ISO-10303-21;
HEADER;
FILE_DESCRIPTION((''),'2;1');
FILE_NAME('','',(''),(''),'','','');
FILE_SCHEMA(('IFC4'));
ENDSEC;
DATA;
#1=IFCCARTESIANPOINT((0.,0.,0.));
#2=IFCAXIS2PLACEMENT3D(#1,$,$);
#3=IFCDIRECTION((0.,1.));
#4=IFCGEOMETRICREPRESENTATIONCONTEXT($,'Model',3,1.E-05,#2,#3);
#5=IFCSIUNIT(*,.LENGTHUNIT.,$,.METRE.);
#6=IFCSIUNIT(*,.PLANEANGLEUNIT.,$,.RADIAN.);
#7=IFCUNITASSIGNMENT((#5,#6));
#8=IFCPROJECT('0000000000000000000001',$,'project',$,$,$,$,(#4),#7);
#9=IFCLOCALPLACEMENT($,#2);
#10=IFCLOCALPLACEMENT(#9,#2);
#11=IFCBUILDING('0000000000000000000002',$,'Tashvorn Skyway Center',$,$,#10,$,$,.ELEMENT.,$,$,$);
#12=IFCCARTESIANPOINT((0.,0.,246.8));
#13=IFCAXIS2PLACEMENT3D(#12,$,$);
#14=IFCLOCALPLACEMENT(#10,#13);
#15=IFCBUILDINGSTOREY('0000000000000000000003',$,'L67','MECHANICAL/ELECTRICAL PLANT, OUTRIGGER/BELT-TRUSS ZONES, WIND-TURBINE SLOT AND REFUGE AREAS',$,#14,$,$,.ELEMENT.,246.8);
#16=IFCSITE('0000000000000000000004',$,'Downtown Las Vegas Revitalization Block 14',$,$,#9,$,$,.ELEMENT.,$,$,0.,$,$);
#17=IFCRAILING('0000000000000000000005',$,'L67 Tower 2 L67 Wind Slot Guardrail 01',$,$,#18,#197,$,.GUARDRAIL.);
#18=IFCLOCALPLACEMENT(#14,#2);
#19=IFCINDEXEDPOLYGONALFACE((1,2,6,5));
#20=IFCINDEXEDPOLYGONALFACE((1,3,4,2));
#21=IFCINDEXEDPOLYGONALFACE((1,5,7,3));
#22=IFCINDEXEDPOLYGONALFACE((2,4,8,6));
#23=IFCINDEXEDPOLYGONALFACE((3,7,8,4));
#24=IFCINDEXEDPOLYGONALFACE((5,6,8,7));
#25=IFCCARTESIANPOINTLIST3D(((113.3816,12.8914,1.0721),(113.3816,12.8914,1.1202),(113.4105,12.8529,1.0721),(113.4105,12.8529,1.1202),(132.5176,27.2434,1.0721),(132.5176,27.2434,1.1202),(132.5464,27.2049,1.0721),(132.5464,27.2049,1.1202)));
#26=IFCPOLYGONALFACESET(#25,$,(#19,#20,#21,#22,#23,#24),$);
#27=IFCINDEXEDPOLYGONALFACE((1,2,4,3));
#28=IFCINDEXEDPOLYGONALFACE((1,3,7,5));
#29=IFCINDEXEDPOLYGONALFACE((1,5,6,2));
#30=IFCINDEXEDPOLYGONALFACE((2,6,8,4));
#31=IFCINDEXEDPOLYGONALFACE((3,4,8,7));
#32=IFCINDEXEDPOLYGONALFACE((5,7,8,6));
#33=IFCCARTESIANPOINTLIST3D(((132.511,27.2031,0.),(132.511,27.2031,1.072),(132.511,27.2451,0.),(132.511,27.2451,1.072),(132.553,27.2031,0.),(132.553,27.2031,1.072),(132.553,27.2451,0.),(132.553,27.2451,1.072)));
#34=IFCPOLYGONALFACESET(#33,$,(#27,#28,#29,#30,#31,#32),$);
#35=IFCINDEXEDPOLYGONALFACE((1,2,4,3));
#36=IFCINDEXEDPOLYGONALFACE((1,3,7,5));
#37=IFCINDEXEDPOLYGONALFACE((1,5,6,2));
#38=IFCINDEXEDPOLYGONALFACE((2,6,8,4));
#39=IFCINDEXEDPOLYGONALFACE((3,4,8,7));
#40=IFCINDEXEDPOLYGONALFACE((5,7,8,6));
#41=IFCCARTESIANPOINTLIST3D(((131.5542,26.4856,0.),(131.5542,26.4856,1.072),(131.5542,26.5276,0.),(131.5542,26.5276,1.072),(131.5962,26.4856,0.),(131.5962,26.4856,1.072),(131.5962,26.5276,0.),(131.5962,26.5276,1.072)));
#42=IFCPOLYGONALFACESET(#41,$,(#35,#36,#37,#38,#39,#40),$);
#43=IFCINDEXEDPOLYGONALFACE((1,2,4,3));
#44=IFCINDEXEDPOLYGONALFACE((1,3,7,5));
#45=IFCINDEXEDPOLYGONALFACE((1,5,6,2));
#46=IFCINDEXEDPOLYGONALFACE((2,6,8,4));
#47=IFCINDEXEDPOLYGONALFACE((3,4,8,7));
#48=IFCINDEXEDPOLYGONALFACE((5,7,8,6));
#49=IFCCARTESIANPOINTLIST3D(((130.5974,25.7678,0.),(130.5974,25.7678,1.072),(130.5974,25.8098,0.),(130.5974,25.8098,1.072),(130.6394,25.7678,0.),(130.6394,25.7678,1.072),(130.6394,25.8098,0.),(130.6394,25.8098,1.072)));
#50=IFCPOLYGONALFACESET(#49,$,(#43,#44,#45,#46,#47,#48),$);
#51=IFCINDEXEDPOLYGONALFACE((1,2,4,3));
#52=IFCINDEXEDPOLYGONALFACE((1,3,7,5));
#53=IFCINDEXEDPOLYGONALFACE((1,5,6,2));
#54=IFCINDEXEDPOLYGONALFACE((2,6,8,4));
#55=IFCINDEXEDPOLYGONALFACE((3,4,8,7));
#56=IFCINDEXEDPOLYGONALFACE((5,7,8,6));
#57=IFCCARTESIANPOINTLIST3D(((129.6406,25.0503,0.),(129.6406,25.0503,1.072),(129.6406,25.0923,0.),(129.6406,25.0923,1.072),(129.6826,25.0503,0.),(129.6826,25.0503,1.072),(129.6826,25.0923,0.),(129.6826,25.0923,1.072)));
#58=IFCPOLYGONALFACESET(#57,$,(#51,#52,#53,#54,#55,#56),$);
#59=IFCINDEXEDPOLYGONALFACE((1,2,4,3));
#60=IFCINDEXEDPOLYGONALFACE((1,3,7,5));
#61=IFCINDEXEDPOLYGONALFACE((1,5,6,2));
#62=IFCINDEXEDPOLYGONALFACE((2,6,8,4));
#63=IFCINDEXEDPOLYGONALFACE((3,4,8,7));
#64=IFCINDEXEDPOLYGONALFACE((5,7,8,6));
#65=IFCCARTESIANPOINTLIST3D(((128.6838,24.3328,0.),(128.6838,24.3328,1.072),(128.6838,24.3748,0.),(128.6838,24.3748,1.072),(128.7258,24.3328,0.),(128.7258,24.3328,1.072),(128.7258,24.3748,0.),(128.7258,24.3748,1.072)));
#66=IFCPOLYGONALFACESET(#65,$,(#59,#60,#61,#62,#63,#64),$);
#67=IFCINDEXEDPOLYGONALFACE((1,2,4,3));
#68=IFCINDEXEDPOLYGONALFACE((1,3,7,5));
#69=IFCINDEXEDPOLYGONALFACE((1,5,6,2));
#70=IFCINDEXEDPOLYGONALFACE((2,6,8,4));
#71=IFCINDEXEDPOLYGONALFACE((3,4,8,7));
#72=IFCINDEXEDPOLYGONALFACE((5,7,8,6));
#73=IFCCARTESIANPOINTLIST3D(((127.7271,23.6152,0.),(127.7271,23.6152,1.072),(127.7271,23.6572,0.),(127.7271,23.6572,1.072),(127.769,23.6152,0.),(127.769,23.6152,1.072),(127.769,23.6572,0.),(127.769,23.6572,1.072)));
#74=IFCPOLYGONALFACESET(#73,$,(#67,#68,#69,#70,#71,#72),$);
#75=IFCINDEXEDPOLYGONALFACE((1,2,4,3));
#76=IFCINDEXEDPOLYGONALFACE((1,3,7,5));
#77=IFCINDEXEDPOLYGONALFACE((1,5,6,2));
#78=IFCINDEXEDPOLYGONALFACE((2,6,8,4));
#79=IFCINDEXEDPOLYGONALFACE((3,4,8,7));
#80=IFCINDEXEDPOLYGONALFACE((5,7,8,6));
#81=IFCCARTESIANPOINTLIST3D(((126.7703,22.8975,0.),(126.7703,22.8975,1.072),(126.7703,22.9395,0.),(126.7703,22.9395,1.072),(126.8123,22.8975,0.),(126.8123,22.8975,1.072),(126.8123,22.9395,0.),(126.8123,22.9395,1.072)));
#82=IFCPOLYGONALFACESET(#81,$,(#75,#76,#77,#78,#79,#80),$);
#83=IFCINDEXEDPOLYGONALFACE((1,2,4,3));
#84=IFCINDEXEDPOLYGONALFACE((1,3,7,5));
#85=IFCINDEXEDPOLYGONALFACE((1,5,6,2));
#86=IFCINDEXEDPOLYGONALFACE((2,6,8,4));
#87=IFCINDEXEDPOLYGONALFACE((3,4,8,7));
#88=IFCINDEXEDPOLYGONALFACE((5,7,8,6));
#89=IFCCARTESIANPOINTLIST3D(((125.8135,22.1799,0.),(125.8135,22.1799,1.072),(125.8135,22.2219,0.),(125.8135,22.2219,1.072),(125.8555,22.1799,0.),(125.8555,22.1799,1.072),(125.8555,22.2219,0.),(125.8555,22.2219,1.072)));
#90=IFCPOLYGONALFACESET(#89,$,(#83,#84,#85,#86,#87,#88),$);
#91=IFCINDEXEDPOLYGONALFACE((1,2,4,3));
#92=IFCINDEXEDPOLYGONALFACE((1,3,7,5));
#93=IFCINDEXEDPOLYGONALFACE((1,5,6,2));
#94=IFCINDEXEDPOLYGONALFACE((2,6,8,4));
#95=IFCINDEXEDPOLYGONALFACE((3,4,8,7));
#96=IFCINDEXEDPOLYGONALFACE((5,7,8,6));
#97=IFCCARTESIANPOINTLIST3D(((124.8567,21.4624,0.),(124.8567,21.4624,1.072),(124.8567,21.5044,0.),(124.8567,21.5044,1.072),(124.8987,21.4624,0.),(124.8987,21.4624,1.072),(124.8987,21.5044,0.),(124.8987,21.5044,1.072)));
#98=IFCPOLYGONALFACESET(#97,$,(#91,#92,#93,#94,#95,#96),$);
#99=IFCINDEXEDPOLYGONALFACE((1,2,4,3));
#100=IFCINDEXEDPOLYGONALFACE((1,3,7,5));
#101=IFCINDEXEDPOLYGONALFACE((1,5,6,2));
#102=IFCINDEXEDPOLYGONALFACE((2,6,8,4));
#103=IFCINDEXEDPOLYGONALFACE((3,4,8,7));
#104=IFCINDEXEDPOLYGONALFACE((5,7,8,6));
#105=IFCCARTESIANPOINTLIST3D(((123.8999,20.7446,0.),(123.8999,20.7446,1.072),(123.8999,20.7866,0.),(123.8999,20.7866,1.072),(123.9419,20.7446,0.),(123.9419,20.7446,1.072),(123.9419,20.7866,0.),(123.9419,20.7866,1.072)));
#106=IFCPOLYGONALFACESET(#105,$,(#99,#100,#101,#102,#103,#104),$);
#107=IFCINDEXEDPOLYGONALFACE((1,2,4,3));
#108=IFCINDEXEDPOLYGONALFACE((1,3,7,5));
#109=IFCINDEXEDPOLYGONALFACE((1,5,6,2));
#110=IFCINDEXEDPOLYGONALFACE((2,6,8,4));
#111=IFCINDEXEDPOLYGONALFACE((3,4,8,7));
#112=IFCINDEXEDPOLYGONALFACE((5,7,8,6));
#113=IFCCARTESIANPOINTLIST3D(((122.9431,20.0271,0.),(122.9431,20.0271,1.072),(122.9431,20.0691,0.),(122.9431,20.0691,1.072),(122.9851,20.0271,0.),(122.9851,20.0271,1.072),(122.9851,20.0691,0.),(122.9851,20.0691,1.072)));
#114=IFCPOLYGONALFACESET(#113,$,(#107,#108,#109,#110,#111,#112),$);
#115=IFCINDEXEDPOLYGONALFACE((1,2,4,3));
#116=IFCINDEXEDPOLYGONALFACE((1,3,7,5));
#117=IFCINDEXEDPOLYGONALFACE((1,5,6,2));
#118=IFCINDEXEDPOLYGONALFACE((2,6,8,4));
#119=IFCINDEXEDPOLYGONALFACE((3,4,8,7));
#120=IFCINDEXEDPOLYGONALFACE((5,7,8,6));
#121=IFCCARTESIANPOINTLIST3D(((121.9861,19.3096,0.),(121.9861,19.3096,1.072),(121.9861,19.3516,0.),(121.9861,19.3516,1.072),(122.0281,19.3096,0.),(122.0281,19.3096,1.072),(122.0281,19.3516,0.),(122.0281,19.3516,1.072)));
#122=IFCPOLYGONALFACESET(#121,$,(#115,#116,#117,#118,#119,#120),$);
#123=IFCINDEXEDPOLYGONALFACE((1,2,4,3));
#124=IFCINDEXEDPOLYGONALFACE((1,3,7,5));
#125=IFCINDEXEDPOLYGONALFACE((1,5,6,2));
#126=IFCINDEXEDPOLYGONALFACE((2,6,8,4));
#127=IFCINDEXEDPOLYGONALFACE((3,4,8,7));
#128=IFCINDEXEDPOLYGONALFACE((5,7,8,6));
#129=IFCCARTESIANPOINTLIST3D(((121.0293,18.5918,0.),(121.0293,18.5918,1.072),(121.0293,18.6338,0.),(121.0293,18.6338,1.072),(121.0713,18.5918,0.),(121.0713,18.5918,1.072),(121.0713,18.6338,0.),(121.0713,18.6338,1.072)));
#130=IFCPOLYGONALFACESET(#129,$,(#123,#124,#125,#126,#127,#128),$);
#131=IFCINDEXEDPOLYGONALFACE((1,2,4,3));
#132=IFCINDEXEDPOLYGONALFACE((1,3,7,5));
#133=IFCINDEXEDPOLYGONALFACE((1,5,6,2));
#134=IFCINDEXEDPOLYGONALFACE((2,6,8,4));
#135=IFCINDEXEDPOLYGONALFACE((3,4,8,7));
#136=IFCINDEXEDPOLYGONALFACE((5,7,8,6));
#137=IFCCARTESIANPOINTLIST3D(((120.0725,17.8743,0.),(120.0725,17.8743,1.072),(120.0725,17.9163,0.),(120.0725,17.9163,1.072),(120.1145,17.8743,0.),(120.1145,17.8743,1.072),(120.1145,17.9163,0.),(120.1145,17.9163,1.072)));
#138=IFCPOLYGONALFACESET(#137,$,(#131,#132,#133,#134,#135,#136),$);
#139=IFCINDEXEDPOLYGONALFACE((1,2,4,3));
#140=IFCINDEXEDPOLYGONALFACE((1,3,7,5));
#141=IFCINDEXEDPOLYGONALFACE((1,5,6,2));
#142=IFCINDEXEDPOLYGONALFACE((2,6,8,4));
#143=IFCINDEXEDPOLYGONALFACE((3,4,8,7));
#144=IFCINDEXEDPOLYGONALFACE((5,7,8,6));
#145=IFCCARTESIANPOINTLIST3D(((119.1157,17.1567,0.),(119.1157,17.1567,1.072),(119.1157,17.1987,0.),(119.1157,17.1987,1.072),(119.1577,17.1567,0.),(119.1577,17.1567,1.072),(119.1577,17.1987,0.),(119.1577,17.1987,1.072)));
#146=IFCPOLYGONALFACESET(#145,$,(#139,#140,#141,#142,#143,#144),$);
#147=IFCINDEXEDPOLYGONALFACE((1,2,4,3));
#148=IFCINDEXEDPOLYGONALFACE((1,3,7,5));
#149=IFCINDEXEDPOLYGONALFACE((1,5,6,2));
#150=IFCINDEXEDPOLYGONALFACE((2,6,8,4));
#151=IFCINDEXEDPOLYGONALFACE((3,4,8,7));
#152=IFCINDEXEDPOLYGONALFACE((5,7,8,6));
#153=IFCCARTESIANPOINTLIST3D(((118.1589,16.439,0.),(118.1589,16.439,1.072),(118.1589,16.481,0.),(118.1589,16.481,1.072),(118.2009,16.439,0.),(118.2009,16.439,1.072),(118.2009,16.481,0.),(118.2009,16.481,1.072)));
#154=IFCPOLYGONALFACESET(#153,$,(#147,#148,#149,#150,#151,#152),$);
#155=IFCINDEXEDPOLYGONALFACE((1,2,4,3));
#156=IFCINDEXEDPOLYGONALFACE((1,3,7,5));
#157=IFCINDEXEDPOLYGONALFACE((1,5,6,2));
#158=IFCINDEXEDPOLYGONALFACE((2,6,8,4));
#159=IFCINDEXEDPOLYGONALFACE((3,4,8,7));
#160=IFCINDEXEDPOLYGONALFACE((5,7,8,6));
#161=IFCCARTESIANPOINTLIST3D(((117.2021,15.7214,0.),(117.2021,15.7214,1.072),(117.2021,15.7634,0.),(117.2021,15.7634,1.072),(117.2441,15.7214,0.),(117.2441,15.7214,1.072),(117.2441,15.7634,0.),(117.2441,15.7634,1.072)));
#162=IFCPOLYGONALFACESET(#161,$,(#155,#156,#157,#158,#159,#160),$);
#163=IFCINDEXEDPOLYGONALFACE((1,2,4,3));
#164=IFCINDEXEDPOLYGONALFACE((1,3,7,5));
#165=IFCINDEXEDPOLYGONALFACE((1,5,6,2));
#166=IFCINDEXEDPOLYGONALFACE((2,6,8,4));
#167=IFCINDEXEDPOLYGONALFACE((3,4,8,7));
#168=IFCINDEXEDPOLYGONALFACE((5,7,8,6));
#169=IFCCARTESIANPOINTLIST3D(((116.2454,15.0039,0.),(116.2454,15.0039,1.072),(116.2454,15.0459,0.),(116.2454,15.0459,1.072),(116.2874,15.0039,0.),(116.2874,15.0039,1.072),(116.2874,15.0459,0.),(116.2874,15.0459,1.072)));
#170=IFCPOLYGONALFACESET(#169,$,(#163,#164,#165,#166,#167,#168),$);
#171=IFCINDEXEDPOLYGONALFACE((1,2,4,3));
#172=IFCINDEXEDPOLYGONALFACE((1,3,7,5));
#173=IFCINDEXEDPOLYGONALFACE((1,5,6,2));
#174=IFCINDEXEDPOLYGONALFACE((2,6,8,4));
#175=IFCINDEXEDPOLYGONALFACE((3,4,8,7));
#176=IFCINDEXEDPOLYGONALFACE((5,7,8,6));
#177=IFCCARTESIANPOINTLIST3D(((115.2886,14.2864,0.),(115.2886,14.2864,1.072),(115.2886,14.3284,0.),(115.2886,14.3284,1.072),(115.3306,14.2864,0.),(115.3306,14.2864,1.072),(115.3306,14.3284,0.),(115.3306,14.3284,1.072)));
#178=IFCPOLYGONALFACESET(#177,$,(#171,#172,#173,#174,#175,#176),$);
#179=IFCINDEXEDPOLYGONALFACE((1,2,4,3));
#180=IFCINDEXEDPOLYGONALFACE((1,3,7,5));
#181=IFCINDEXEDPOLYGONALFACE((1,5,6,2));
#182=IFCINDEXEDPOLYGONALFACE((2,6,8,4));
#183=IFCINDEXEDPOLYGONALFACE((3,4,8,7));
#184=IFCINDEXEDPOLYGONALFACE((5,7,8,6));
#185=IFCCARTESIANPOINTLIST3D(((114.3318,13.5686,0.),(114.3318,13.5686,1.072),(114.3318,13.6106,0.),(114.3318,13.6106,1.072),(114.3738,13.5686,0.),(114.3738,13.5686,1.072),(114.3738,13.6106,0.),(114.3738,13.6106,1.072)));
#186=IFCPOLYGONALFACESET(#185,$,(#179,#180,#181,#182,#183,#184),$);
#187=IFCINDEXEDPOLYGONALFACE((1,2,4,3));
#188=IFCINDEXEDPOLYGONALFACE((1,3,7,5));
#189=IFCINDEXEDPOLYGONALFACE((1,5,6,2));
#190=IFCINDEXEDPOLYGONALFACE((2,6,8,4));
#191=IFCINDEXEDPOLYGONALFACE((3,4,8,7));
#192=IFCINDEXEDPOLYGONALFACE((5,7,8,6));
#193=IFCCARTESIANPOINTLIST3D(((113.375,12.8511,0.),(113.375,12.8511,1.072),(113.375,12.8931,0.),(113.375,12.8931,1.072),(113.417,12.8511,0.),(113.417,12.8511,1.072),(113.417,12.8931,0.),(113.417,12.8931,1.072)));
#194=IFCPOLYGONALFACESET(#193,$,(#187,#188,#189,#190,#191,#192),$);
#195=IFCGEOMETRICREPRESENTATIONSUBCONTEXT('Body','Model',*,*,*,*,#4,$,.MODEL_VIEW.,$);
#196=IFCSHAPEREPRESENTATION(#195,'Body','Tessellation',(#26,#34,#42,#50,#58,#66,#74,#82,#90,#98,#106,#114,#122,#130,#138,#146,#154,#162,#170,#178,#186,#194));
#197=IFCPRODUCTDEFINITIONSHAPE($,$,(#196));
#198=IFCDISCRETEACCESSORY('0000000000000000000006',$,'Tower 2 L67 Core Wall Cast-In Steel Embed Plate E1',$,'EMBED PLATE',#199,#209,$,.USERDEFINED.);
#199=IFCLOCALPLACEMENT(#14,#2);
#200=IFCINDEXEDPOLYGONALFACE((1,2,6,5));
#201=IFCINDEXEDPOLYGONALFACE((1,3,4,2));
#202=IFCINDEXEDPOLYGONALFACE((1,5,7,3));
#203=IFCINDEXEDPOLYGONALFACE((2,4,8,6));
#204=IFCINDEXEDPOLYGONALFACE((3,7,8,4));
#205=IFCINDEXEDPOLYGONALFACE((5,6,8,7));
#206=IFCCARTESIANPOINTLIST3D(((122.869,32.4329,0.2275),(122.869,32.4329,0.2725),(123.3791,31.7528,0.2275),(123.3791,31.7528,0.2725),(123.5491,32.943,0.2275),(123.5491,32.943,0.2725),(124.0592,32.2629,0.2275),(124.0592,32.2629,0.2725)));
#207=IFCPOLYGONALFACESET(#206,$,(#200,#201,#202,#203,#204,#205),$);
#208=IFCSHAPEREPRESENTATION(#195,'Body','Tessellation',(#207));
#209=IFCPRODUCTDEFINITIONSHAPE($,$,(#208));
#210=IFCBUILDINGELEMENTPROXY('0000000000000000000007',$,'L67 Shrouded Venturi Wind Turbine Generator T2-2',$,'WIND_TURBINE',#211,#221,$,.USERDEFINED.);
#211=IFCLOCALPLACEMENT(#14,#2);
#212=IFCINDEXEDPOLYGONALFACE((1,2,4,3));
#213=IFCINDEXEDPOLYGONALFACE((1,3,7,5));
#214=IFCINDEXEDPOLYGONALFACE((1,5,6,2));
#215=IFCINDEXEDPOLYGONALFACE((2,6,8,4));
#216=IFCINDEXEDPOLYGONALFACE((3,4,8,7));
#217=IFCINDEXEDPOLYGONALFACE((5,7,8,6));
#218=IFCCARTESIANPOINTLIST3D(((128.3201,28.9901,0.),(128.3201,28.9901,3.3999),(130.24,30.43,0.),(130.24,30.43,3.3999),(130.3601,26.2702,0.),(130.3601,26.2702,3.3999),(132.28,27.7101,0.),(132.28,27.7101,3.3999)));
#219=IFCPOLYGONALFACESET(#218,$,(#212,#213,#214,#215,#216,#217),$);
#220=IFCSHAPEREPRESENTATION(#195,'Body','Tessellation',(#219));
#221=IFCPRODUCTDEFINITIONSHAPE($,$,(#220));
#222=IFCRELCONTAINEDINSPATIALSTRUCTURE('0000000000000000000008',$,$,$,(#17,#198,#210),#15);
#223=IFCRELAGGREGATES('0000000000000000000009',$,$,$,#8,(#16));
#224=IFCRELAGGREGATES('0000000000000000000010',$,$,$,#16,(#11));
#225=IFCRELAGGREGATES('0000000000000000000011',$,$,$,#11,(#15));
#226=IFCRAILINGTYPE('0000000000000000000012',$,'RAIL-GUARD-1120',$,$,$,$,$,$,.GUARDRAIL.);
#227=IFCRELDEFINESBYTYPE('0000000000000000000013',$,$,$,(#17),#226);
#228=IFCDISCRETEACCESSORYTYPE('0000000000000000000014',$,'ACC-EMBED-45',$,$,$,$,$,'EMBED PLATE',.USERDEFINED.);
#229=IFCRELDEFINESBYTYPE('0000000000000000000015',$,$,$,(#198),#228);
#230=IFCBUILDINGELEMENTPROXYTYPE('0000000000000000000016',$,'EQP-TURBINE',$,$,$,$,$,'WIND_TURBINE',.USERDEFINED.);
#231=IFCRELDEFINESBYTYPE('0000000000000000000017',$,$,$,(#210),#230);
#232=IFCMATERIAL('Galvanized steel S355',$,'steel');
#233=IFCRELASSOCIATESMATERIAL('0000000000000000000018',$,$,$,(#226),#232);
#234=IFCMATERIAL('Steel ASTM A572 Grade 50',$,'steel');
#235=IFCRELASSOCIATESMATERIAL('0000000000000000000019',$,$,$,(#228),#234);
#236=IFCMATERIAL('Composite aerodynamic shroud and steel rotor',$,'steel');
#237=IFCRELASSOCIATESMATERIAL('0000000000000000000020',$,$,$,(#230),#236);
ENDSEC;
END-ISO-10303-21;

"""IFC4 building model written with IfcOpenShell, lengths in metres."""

from ifc_helpers import new_model, si_unit, direction, frame, origin, origin_2d, place, context, subcontext, project, spatial, rectangle, extrude, material, type_object, element, save


model = new_model("IFC4")

# Units and contexts
model_context = context("Model", 3, precision=1e-05, world=origin(), true_north=direction((0.0, 1.0)))
body_context = subcontext(model_context, "Body", "Model", "MODEL_VIEW")
ifc_project = project(units=[si_unit("LENGTHUNIT", "METRE"), si_unit("PLANEANGLEUNIT", "RADIAN")], contexts=[model_context])

# Site, building, storey
site_placement = place(None, origin())
site = spatial("IfcSite", under=ifc_project, at=site_placement, Name="Downtown Las Vegas Revitalization Block 14", CompositionType="ELEMENT", RefElevation=0.0)
building_placement = place(site_placement, origin())
building = spatial("IfcBuilding", under=site, at=building_placement, Name="Tashvorn Skyway Center", CompositionType="ELEMENT")
storey_placement = place(building_placement, frame((0.0, 0.0, 246.8)))
storey = spatial("IfcBuildingStorey", under=building, at=storey_placement, Name="L67", Description="MECHANICAL/ELECTRICAL PLANT, OUTRIGGER/BELT-TRUSS ZONES, WIND-TURBINE SLOT AND REFUGE AREAS", CompositionType="ELEMENT", Elevation=246.8)

# Shared definitions
ifc_material_1 = material(Name="Steel ASTM A572 Grade 50", Category="steel")

# Railing
ifc_material_2 = material(Name="Galvanized steel S355", Category="steel")
railing_type = type_object("IfcRailingType", Name="RAIL-GUARD-1120", PredefinedType="GUARDRAIL", material=ifc_material_2)
railing_placement = place(storey_placement, frame((132.532, 27.2241, 0.0)))
element("IfcRailing", 1, at=railing_placement, inside=storey, type_object=railing_type, Name="L67 Tower 2 L67 Wind Slot Guardrail 01", PredefinedType="GUARDRAIL", context=body_context, shape_type="SweptSolid", body=[
    extrude(rectangle(XDim=0.0481, YDim=0.0481, at=origin_2d()), frame((0.0, 0.0, 1.0962), z_axis=(-0.799999, -0.600002, 0.0), x_axis=(0.600002, -0.799999, 0.0)), (0.0, 0.0, 1.0), 23.9199),
    extrude(rectangle(XDim=0.042, YDim=0.042, at=origin_2d()), origin(), (0.0, 0.0, 1.0), 1.072),
    extrude(rectangle(XDim=0.042, YDim=0.042, at=origin_2d()), frame((-0.9568, -0.7175, 0.0)), (0.0, 0.0, 1.0), 1.072),
    extrude(rectangle(XDim=0.042, YDim=0.042, at=origin_2d()), frame((-1.9136, -1.4353, 0.0)), (0.0, 0.0, 1.0), 1.072),
    extrude(rectangle(XDim=0.042, YDim=0.042, at=origin_2d()), frame((-2.8704, -2.1528, 0.0)), (0.0, 0.0, 1.0), 1.072),
    extrude(rectangle(XDim=0.042, YDim=0.042, at=origin_2d()), frame((-3.8271, -2.8704, 0.0)), (0.0, 0.0, 1.0), 1.072),
    extrude(rectangle(XDim=0.042, YDim=0.042, at=origin_2d()), frame((-4.7839, -3.5879, 0.0)), (0.0, 0.0, 1.0), 1.072),
    extrude(rectangle(XDim=0.042, YDim=0.042, at=origin_2d()), frame((-5.7407, -4.3057, 0.0)), (0.0, 0.0, 1.0), 1.072),
    extrude(rectangle(XDim=0.042, YDim=0.042, at=origin_2d()), frame((-6.6975, -5.0232, 0.0)), (0.0, 0.0, 1.0), 1.072),
    extrude(rectangle(XDim=0.042, YDim=0.042, at=origin_2d()), frame((-7.6543, -5.7407, 0.0)), (0.0, 0.0, 1.0), 1.072),
    extrude(rectangle(XDim=0.042, YDim=0.042, at=origin_2d()), frame((-8.6111, -6.4585, 0.0)), (0.0, 0.0, 1.0), 1.072),
    extrude(rectangle(XDim=0.042, YDim=0.042, at=origin_2d()), frame((-9.5679, -7.176, 0.0)), (0.0, 0.0, 1.0), 1.072),
    extrude(rectangle(XDim=0.042, YDim=0.042, at=origin_2d()), frame((-10.5249, -7.8936, 0.0)), (0.0, 0.0, 1.0), 1.072),
    extrude(rectangle(XDim=0.042, YDim=0.042, at=origin_2d()), frame((-11.4817, -8.6113, 0.0)), (0.0, 0.0, 1.0), 1.072),
    extrude(rectangle(XDim=0.042, YDim=0.042, at=origin_2d()), frame((-12.4385, -9.3289, 0.0)), (0.0, 0.0, 1.0), 1.072),
    extrude(rectangle(XDim=0.042, YDim=0.042, at=origin_2d()), frame((-13.3953, -10.0464, 0.0)), (0.0, 0.0, 1.0), 1.072),
    extrude(rectangle(XDim=0.042, YDim=0.042, at=origin_2d()), frame((-14.3521, -10.7642, 0.0)), (0.0, 0.0, 1.0), 1.072),
    extrude(rectangle(XDim=0.042, YDim=0.042, at=origin_2d()), frame((-15.3088, -11.4817, 0.0)), (0.0, 0.0, 1.0), 1.072),
    extrude(rectangle(XDim=0.042, YDim=0.042, at=origin_2d()), frame((-16.2656, -12.1992, 0.0)), (0.0, 0.0, 1.0), 1.072),
    extrude(rectangle(XDim=0.042, YDim=0.042, at=origin_2d()), frame((-17.2224, -12.9167, 0.0)), (0.0, 0.0, 1.0), 1.072),
    extrude(rectangle(XDim=0.042, YDim=0.042, at=origin_2d()), frame((-18.1792, -13.6345, 0.0)), (0.0, 0.0, 1.0), 1.072),
    extrude(rectangle(XDim=0.042, YDim=0.042, at=origin_2d()), frame((-19.136, -14.3521, 0.0)), (0.0, 0.0, 1.0), 1.072),
])

# Discrete accessory
discrete_accessory_type = type_object("IfcDiscreteAccessoryType", Name="ACC-EMBED-45", ElementType="EMBED PLATE", PredefinedType="USERDEFINED", material=ifc_material_1)
discrete_accessory_placement = place(storey_placement, frame((123.4641, 32.3479, 0.2275), z_axis=(0.0, 0.0, 1.0), x_axis=(0.8, 0.6, 0.0)))
element("IfcDiscreteAccessory", 2, at=discrete_accessory_placement, inside=storey, type_object=discrete_accessory_type, Name="Tower 2 L67 Core Wall Cast-In Steel Embed Plate E1", ObjectType="EMBED PLATE", PredefinedType="USERDEFINED", context=body_context, shape_type="SweptSolid", body=[
    extrude(rectangle(XDim=0.8501, YDim=0.8501, at=origin_2d()), origin(), (0.0, 0.0, 1.0), 0.0449),
])

# Building element proxy
ifc_material_3 = material(Name="Composite aerodynamic shroud and steel rotor", Category="steel")
building_element_proxy_type = type_object("IfcBuildingElementProxyType", Name="EQP-TURBINE", ElementType="WIND_TURBINE", PredefinedType="USERDEFINED", material=ifc_material_3)
proxy_placement = place(storey_placement, frame((130.3, 28.3501, 0.0), z_axis=(0.0, 0.0, 1.0), x_axis=(0.8, 0.6, 0.0)))
element("IfcBuildingElementProxy", 3, at=proxy_placement, inside=storey, type_object=building_element_proxy_type, Name="L67 Shrouded Venturi Wind Turbine Generator T2-2", ObjectType="WIND_TURBINE", PredefinedType="USERDEFINED", context=body_context, shape_type="SweptSolid", body=[
    extrude(rectangle(XDim=2.3999, YDim=3.3999, at=origin_2d()), origin(), (0.0, 0.0, 1.0), 3.3999),
])

save(model, "model.ifc")
